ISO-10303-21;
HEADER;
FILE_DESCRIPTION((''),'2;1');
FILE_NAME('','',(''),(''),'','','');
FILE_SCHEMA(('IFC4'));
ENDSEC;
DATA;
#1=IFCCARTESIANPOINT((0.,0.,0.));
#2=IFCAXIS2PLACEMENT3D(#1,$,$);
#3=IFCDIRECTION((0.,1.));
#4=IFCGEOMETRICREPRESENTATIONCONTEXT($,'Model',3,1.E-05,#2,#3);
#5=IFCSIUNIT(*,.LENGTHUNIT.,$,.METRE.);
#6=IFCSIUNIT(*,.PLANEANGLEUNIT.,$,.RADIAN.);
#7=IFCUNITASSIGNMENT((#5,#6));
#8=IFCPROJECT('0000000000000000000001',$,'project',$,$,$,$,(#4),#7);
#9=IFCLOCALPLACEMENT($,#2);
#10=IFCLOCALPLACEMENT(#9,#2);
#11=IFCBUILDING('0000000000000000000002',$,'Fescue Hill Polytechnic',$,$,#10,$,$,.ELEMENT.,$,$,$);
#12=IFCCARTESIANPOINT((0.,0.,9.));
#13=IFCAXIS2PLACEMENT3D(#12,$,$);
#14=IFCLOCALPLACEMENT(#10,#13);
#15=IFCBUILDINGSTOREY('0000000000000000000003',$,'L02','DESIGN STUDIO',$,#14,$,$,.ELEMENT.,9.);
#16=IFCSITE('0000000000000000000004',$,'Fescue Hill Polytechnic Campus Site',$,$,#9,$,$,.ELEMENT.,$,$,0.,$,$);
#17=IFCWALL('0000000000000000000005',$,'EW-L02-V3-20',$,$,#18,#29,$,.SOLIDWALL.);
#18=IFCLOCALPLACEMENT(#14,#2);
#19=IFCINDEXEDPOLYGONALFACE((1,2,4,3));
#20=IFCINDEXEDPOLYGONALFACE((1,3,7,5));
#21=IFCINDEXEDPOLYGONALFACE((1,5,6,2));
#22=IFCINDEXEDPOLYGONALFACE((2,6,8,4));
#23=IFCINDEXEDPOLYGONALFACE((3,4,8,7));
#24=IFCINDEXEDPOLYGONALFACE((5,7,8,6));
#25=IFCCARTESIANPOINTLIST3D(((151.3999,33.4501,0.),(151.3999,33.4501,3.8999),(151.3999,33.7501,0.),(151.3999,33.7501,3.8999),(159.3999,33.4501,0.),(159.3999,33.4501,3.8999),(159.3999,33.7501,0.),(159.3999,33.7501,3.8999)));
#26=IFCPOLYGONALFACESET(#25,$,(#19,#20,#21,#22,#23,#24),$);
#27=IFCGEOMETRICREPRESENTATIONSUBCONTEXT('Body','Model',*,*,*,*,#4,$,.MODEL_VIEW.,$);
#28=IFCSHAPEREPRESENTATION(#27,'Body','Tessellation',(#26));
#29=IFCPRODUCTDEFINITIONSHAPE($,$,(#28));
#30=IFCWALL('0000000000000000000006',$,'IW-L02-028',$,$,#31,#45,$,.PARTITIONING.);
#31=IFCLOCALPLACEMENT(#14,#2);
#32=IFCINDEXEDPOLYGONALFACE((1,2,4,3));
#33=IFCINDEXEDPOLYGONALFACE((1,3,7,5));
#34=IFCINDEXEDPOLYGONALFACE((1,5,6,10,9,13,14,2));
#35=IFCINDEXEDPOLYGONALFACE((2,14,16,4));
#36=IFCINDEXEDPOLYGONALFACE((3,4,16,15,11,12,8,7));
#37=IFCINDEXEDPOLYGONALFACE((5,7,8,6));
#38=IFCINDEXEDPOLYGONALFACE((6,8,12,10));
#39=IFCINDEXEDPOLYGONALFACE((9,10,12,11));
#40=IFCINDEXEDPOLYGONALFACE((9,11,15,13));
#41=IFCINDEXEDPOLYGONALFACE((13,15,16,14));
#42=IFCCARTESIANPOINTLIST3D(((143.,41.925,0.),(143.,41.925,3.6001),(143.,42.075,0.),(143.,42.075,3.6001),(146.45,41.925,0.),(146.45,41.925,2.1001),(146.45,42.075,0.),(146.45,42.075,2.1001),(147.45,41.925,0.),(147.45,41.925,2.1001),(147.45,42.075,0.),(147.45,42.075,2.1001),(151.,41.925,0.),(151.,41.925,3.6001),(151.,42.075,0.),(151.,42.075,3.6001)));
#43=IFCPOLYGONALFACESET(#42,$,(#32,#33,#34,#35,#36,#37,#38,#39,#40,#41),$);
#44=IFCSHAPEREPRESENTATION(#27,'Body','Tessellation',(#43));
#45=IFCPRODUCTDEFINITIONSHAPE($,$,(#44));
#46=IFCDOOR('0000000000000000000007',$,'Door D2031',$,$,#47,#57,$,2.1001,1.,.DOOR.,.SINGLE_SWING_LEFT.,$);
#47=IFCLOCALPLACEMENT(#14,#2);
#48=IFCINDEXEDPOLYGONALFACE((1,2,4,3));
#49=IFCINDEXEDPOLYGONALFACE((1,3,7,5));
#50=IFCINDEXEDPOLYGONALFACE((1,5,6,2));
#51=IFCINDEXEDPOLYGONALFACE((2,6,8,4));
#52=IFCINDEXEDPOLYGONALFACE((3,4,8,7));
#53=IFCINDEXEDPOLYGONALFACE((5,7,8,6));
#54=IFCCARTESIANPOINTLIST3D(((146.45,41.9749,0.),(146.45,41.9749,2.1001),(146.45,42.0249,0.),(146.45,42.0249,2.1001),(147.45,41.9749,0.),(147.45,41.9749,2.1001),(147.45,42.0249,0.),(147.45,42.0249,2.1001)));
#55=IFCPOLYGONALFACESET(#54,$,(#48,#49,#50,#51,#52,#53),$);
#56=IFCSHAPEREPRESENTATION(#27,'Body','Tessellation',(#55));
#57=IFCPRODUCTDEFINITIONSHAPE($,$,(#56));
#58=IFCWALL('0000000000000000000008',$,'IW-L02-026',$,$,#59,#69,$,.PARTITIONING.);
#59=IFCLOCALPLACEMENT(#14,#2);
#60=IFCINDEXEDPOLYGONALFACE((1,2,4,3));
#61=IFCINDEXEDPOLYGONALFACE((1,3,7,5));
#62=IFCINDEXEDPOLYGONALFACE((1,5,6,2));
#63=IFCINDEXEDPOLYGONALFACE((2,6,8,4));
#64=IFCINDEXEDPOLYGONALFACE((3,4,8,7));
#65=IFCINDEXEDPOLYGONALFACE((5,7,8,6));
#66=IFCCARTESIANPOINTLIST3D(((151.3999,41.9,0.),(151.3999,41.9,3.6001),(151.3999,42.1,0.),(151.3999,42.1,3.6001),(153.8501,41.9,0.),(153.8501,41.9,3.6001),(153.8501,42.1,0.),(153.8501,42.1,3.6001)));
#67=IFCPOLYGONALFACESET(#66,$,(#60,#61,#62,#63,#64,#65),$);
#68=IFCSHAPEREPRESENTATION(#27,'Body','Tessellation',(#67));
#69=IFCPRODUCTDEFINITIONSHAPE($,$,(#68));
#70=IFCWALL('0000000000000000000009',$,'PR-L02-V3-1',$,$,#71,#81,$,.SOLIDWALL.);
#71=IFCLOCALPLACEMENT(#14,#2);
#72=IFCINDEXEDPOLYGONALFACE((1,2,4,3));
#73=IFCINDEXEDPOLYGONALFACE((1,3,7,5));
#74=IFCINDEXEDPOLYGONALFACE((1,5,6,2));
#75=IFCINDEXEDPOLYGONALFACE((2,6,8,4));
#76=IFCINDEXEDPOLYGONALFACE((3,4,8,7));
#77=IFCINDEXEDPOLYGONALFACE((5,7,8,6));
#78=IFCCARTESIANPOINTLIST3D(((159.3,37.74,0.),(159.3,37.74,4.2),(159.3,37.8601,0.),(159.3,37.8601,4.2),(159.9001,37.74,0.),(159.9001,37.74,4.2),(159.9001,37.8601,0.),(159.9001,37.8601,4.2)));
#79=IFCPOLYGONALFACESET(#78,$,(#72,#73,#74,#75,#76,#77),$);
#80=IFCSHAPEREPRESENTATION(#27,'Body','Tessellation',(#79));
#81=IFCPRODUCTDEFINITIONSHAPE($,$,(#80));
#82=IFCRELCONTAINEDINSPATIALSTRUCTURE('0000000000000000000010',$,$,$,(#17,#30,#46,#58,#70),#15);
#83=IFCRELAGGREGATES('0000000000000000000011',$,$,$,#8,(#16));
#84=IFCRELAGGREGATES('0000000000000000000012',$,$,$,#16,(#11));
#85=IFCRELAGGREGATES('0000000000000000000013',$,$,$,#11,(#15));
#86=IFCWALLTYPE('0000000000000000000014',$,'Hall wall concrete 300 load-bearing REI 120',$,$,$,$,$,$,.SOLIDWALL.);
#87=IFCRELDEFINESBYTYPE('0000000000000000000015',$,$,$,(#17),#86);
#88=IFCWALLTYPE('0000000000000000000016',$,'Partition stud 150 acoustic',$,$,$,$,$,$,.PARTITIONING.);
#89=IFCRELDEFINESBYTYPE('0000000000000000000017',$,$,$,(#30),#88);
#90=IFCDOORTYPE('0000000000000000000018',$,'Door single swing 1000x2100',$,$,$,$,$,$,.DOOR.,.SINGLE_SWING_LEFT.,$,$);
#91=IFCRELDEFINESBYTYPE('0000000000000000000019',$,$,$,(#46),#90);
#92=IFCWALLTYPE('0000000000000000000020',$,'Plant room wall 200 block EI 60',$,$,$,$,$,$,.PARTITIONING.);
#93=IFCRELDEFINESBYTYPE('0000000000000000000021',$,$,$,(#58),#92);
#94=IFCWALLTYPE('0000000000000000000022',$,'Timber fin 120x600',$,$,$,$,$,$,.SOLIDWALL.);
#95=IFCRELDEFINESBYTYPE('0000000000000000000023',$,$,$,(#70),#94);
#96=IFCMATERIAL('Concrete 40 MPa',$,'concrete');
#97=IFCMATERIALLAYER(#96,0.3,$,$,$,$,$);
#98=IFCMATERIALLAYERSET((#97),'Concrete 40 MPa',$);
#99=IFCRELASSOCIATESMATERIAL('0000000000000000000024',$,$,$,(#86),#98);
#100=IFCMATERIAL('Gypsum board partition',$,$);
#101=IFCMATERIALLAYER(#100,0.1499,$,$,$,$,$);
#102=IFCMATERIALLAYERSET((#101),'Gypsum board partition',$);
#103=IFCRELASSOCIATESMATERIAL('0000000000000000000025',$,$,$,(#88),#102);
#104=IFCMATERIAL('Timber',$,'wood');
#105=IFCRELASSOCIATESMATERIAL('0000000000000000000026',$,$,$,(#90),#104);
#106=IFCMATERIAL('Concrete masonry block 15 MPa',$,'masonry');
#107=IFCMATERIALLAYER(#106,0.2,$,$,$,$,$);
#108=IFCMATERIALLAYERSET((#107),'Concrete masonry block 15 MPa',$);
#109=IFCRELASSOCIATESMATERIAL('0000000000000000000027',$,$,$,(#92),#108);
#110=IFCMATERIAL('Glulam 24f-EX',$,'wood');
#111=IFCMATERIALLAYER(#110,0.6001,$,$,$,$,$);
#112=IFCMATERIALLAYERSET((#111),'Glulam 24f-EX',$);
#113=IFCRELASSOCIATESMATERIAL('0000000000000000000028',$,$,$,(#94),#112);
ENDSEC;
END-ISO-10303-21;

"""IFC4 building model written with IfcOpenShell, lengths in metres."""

from ifc_helpers import new_model, si_unit, direction, frame, frame_2d, origin, place, context, subcontext, project, spatial, rectangle, extrude, material, layer, layer_set, type_object, element, fill, save


model = new_model("IFC4")

# Units and contexts
model_context = context("Model", 3, precision=1e-05, world=origin(), true_north=direction((0.0, 1.0)))
body_context = subcontext(model_context, "Body", "Model", "MODEL_VIEW")
ifc_project = project(units=[si_unit("LENGTHUNIT", "METRE"), si_unit("PLANEANGLEUNIT", "RADIAN")], contexts=[model_context])

# Site, building, storey
site_placement = place(None, origin())
site = spatial("IfcSite", under=ifc_project, at=site_placement, Name="Fescue Hill Polytechnic Campus Site", CompositionType="ELEMENT", RefElevation=0.0)
building_placement = place(site_placement, origin())
building = spatial("IfcBuilding", under=site, at=building_placement, Name="Fescue Hill Polytechnic", CompositionType="ELEMENT")
storey_placement = place(building_placement, frame((0.0, 0.0, 9.0)))
storey = spatial("IfcBuildingStorey", under=building, at=storey_placement, Name="L02", Description="DESIGN STUDIO", CompositionType="ELEMENT", Elevation=9.0)

# Shared definitions
ifc_material_1 = material(Name="Concrete 40 MPa", Category="concrete")

# Shared definitions
ifc_material_2 = material(Name="Glulam 24f-EX", Category="wood")

# Wall
ifc_layer_1 = layer(ifc_material_1, 0.3)
ifc_layer_set_1 = layer_set([ifc_layer_1], Name="Concrete 40 MPa")
wall_type_1 = type_object("IfcWallType", Name="Hall wall concrete 300 load-bearing REI 120", PredefinedType="SOLIDWALL", material=ifc_layer_set_1)
wall_1_placement = place(storey_placement, frame((151.3999, 33.6001, 0.0), z_axis=(0.0, 0.0, 1.0), x_axis=(1.0, 0.0, 0.0)))
element("IfcWall", 1, at=wall_1_placement, inside=storey, type_object=wall_type_1, Name="EW-L02-V3-20", PredefinedType="SOLIDWALL", context=body_context, shape_type="SweptSolid", body=[
    extrude(rectangle(XDim=8.0, YDim=0.3, at=frame_2d((4.0, 0.0))), origin(), (0.0, 0.0, 1.0), 3.8999),
])

# Wall, opening, door
ifc_material_3 = material(Name="Gypsum board partition")
ifc_layer_2 = layer(ifc_material_3, 0.1499)
ifc_layer_set_2 = layer_set([ifc_layer_2], Name="Gypsum board partition")
wall_type_2 = type_object("IfcWallType", Name="Partition stud 150 acoustic", PredefinedType="PARTITIONING", material=ifc_layer_set_2)
wall_2_placement = place(storey_placement, frame((143.0, 42.0, 0.0), z_axis=(0.0, 0.0, 1.0), x_axis=(1.0, 0.0, 0.0)))
wall_2 = element("IfcWall", 2, at=wall_2_placement, inside=storey, type_object=wall_type_2, Name="IW-L02-028", PredefinedType="PARTITIONING", context=body_context, shape_type="SweptSolid", body=[
    extrude(rectangle(XDim=8.0, YDim=0.1499, at=frame_2d((4.0, 0.0))), origin(), (0.0, 0.0, 1.0), 3.6001),
])
opening_placement = place(wall_2_placement, frame((3.45, 0.0, 0.0)))
opening = element("IfcOpeningElement", 3, at=opening_placement, cuts=wall_2, PredefinedType="OPENING", context=body_context, shape_type="SweptSolid", body=[
    extrude(rectangle(XDim=1.0, YDim=2.1001, at=frame_2d((0.5, 1.05))), frame((0.0, 0.085, 0.0), z_axis=(0.0, -1.0, 0.0), x_axis=(1.0, 0.0, 0.0)), (0.0, 0.0, 1.0), 0.1699),
])
ifc_material_4 = material(Name="Timber", Category="wood")
door_type = type_object("IfcDoorType", Name="Door single swing 1000x2100", OperationType="SINGLE_SWING_LEFT", PredefinedType="DOOR", material=ifc_material_4)
door_placement = place(opening_placement, origin())
door = element("IfcDoor", 4, at=door_placement, inside=storey, type_object=door_type, Name="Door D2031", OperationType="SINGLE_SWING_LEFT", OverallHeight=2.1001, OverallWidth=1.0, PredefinedType="DOOR", context=body_context, shape_type="SweptSolid", body=[
    extrude(rectangle(XDim=1.0, YDim=2.1001, at=frame_2d((0.5, 1.05))), frame((0.0, 0.0249, 0.0), z_axis=(0.0, -1.0, 0.0), x_axis=(1.0, 0.0, 0.0)), (0.0, 0.0, 1.0), 0.05),
])
fill(opening, door)

# Walls
ifc_material_5 = material(Name="Concrete masonry block 15 MPa", Category="masonry")
ifc_layer_3 = layer(ifc_material_5, 0.2)
ifc_layer_set_3 = layer_set([ifc_layer_3], Name="Concrete masonry block 15 MPa")
wall_type_3 = type_object("IfcWallType", Name="Plant room wall 200 block EI 60", PredefinedType="PARTITIONING", material=ifc_layer_set_3)
wall_3_placement = place(storey_placement, frame((151.3999, 42.0, 0.0), z_axis=(0.0, 0.0, 1.0), x_axis=(1.0, 0.0, 0.0)))
element("IfcWall", 5, at=wall_3_placement, inside=storey, type_object=wall_type_3, Name="IW-L02-026", PredefinedType="PARTITIONING", context=body_context, shape_type="SweptSolid", body=[
    extrude(rectangle(XDim=2.4502, YDim=0.2, at=frame_2d((1.2251, 0.0))), origin(), (0.0, 0.0, 1.0), 3.6001),
])
ifc_layer_4 = layer(ifc_material_2, 0.6001)
ifc_layer_set_4 = layer_set([ifc_layer_4], Name="Glulam 24f-EX")
wall_type_4 = type_object("IfcWallType", Name="Timber fin 120x600", PredefinedType="SOLIDWALL", material=ifc_layer_set_4)
wall_4_placement = place(storey_placement, frame((159.6001, 37.74, 0.0), z_axis=(0.0, 0.0, 1.0), x_axis=(0.0, 1.0, 0.0)))
element("IfcWall", 6, at=wall_4_placement, inside=storey, type_object=wall_type_4, Name="PR-L02-V3-1", PredefinedType="SOLIDWALL", context=body_context, shape_type="SweptSolid", body=[
    extrude(rectangle(XDim=0.1201, YDim=0.6001, at=frame_2d((0.0601, 0.0))), origin(), (0.0, 0.0, 1.0), 4.2),
])

save(model, "model.ifc")
